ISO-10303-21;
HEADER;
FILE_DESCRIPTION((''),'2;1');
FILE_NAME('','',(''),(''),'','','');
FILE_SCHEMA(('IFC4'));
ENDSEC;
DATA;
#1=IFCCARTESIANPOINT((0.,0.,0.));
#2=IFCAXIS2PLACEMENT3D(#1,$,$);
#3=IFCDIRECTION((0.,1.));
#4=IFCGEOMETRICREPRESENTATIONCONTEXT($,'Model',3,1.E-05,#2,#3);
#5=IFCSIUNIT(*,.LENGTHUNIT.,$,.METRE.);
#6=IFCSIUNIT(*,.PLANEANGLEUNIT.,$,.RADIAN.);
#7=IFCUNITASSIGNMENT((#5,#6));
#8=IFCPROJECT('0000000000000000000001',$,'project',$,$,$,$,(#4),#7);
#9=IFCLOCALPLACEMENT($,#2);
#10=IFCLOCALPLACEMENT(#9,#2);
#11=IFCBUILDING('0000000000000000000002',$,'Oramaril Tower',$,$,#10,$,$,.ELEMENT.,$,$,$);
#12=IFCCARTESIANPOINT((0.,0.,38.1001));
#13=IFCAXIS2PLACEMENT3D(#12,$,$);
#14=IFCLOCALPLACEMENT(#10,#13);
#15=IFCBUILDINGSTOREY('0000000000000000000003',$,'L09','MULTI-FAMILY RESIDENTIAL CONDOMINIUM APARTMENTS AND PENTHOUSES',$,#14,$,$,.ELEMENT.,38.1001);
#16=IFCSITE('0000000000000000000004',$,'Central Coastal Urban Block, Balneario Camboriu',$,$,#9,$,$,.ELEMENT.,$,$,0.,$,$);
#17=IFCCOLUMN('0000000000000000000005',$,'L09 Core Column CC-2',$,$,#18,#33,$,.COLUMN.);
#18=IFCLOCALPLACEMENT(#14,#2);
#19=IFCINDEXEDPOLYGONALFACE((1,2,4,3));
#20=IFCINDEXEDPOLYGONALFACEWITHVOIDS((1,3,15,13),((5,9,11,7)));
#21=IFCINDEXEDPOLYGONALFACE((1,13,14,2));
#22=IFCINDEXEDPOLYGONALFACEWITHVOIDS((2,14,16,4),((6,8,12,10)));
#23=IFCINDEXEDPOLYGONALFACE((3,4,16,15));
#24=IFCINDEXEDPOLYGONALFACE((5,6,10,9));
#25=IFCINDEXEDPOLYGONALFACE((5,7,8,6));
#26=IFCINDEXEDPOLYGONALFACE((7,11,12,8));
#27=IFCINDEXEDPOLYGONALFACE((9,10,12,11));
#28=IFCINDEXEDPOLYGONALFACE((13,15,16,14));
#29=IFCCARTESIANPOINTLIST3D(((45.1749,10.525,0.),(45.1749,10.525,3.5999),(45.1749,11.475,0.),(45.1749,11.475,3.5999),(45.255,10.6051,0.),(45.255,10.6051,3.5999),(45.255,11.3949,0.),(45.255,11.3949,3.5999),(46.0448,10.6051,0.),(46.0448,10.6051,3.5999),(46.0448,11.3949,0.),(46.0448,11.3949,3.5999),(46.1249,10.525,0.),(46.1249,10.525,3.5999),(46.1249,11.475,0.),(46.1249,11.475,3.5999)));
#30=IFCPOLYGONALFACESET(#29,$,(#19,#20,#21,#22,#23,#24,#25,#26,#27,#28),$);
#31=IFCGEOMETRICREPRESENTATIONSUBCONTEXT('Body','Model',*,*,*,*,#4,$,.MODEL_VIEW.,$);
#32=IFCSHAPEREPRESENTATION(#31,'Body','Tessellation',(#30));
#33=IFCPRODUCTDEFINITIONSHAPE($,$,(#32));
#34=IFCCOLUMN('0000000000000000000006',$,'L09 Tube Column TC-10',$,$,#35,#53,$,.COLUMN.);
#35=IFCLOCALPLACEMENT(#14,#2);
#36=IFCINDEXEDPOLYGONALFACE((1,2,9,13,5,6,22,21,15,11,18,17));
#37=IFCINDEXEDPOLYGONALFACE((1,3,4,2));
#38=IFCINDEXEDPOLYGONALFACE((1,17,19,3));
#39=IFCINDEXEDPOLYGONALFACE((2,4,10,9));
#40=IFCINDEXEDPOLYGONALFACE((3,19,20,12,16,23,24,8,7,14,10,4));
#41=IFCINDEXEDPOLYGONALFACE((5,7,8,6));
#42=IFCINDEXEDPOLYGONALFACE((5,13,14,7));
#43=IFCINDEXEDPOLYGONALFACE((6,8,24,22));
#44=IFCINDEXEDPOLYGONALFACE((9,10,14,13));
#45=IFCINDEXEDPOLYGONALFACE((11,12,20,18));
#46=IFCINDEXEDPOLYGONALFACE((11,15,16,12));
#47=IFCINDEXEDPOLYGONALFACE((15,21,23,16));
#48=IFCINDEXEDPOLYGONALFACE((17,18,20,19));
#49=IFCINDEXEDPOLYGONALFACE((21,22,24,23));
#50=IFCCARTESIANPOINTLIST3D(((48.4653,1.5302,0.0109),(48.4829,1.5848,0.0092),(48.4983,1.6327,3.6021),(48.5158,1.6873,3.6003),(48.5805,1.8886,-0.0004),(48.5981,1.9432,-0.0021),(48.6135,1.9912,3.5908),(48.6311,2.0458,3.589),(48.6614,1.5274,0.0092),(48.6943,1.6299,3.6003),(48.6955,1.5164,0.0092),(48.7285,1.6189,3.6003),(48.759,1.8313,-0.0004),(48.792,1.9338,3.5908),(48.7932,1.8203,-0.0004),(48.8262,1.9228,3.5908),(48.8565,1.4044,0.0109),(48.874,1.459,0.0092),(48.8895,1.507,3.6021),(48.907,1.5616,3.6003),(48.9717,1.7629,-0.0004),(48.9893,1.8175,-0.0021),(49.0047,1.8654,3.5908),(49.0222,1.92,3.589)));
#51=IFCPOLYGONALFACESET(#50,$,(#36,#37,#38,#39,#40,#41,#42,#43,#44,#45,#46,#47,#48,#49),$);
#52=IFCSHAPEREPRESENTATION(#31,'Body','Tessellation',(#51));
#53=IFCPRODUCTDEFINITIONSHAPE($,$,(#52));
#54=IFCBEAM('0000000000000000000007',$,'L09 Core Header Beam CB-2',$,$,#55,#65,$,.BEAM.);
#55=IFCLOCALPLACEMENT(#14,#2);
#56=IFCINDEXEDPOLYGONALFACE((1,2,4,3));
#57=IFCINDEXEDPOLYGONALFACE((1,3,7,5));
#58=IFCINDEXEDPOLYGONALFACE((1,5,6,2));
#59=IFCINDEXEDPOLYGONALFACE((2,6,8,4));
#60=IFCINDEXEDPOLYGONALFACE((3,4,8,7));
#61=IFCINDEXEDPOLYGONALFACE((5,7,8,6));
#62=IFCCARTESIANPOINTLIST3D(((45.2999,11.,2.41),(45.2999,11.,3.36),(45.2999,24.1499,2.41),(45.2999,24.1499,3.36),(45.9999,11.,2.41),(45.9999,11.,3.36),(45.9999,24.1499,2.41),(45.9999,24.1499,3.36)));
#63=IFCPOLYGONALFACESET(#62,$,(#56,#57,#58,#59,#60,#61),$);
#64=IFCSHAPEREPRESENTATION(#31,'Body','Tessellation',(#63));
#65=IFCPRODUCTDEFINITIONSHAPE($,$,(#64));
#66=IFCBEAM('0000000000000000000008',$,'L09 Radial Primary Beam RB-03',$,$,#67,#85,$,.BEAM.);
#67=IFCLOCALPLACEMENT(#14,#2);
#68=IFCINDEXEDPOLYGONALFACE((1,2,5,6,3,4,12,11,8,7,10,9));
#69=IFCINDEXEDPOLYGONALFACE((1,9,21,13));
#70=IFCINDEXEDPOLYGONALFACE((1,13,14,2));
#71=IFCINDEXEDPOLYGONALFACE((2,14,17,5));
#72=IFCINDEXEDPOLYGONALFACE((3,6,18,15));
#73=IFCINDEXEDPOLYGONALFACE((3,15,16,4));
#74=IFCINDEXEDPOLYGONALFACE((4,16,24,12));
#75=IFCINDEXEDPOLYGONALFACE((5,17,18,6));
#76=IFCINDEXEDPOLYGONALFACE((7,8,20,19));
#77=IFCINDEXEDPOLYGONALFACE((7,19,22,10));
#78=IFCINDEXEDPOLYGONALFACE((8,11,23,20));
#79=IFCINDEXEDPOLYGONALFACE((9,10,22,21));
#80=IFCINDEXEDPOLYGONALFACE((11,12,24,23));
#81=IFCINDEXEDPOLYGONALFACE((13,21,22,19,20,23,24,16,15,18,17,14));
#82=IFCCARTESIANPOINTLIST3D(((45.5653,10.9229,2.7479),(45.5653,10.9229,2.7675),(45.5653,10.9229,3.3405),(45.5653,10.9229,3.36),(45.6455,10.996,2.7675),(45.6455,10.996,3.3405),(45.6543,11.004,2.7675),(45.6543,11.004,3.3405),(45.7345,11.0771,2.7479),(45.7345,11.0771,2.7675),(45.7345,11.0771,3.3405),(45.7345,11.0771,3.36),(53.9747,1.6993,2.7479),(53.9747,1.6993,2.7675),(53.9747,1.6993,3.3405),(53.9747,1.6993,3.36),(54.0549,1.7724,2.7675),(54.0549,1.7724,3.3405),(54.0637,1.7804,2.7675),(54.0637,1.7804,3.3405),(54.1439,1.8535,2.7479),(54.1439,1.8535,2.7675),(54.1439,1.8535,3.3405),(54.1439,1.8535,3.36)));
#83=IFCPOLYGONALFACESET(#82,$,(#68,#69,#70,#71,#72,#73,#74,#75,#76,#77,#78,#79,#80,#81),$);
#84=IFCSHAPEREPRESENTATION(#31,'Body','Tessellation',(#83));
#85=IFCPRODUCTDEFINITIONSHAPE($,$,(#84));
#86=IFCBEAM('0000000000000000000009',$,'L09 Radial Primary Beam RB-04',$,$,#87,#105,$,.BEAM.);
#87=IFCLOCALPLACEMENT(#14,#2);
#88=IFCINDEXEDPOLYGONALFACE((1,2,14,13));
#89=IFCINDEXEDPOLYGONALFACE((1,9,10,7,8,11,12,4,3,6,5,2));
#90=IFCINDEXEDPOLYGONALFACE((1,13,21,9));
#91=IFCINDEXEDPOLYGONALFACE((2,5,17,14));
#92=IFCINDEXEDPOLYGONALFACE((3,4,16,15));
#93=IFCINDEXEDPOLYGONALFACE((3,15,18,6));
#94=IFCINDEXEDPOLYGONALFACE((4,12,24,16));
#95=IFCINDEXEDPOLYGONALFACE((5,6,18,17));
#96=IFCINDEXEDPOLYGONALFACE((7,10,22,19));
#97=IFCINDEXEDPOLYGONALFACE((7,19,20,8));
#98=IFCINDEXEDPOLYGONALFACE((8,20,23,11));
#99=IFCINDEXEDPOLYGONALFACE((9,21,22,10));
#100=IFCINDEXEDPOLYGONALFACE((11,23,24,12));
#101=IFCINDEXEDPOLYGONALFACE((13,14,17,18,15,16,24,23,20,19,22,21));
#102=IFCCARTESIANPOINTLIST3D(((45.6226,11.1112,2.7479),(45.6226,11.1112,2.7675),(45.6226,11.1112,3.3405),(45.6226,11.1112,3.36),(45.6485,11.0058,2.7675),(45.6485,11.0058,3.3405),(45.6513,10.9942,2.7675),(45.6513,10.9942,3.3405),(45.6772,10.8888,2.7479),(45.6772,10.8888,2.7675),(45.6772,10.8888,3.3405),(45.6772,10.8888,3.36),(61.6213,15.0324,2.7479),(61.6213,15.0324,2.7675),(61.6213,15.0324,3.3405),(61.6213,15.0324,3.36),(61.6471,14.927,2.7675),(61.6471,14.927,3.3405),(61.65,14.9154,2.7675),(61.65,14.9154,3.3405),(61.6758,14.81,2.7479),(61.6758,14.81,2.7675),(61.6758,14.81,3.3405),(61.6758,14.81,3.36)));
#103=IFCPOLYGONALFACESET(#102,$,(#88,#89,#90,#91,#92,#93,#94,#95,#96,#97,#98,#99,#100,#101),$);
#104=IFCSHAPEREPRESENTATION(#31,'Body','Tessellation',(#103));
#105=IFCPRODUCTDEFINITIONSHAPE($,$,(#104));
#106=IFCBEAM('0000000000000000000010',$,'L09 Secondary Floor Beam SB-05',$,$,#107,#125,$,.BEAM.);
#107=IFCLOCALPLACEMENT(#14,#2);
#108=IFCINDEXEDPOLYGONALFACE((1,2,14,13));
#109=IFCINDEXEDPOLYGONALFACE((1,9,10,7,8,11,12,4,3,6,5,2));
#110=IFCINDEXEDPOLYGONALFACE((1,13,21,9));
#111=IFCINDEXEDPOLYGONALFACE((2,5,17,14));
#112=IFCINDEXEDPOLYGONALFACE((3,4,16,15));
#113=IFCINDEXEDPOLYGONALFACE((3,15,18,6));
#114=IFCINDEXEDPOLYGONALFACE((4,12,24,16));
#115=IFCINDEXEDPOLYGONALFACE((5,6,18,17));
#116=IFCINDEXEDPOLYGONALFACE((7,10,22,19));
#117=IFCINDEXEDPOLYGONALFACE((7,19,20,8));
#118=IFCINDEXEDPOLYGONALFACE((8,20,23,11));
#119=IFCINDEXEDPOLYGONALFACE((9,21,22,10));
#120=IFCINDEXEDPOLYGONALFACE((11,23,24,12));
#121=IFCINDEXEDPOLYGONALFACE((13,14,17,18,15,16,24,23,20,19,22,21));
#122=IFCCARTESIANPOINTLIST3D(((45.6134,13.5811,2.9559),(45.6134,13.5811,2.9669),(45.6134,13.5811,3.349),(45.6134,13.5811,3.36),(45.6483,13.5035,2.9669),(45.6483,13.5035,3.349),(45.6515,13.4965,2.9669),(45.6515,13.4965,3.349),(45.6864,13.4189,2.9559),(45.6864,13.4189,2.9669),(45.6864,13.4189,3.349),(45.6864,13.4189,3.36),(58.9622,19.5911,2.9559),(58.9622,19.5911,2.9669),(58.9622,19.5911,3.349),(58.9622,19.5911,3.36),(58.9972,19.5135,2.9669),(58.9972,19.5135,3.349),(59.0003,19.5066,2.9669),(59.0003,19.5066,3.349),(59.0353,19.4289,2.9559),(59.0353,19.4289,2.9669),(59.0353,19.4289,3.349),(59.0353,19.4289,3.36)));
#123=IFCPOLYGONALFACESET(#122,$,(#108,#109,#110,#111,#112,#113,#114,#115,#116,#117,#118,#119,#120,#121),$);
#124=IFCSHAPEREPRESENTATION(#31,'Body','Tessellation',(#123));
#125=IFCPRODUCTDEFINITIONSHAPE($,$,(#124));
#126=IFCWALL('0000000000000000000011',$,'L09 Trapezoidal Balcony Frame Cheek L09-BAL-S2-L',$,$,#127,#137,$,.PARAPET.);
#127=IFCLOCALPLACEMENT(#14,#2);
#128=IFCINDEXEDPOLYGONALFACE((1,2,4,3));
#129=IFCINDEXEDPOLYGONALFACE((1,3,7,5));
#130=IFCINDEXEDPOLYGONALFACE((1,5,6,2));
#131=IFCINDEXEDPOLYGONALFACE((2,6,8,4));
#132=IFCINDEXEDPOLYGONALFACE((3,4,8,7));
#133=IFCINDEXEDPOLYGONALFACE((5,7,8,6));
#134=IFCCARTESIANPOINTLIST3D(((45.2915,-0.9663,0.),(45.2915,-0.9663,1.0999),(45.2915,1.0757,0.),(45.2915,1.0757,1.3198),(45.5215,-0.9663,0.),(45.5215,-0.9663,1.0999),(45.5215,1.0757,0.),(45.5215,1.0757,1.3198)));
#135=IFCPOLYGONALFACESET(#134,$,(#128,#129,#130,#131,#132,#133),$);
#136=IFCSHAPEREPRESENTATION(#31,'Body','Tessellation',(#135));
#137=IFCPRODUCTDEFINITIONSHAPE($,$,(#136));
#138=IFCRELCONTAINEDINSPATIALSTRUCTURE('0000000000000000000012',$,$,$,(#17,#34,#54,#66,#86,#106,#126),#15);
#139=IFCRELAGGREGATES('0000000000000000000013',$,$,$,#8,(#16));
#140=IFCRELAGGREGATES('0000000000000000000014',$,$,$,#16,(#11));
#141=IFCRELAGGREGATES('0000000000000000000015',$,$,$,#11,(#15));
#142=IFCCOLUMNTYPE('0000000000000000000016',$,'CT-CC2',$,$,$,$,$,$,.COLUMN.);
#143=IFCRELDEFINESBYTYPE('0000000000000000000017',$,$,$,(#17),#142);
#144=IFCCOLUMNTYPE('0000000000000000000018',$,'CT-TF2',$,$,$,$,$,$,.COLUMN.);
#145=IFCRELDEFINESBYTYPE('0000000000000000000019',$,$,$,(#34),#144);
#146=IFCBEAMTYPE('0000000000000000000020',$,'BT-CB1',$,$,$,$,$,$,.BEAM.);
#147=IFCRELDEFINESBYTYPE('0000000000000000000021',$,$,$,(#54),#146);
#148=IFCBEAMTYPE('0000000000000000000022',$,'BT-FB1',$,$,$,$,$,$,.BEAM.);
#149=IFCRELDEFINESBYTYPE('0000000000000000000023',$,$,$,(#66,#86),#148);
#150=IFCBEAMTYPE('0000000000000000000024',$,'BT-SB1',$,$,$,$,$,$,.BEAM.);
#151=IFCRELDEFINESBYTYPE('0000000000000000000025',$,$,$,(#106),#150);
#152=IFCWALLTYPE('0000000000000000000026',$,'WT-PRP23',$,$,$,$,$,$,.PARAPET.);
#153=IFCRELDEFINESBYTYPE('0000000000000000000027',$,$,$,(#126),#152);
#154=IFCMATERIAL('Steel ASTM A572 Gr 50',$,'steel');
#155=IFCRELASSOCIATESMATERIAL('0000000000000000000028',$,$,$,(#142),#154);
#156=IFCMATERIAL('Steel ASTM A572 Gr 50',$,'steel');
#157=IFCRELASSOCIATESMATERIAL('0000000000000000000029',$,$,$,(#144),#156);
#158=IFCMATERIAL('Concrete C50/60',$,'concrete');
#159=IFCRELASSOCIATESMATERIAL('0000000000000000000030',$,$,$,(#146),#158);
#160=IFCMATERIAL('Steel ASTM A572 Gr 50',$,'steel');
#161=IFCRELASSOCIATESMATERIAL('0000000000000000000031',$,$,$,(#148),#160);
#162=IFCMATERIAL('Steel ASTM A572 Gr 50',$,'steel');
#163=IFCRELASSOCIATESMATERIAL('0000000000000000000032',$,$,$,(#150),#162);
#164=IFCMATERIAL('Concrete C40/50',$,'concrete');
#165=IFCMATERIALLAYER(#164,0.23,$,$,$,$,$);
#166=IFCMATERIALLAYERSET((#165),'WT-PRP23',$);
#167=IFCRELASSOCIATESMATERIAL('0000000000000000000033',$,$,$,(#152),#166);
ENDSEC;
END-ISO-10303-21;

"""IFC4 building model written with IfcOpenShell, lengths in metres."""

from ifc_helpers import new_model, si_unit, direction, frame, origin, origin_2d, place, context, subcontext, project, spatial, polyline, rectangle, hollow_rectangle, i_section, outline, extrude, material, layer, layer_set, material_profile, profile_set, type_object, element, save


model = new_model("IFC4")

# Units and contexts
model_context = context("Model", 3, precision=1e-05, world=origin(), true_north=direction((0.0, 1.0)))
body_context = subcontext(model_context, "Body", "Model", "MODEL_VIEW")
ifc_project = project(units=[si_unit("LENGTHUNIT", "METRE"), si_unit("PLANEANGLEUNIT", "RADIAN")], contexts=[model_context])

# Site, building, storey
site_placement = place(None, origin())
site = spatial("IfcSite", under=ifc_project, at=site_placement, Name="Central Coastal Urban Block, Balneario Camboriu", CompositionType="ELEMENT", RefElevation=0.0)
building_placement = place(site_placement, origin())
building = spatial("IfcBuilding", under=site, at=building_placement, Name="Oramaril Tower", CompositionType="ELEMENT")
storey_placement = place(building_placement, frame((0.0, 0.0, 38.1001)))
storey = spatial("IfcBuildingStorey", under=building, at=storey_placement, Name="L09", Description="MULTI-FAMILY RESIDENTIAL CONDOMINIUM APARTMENTS AND PENTHOUSES", CompositionType="ELEMENT", Elevation=38.1001)

# Columns
ifc_material_1 = material(Name="Steel ASTM A572 Gr 50", Category="steel")
ifc_material_profile_1 = material_profile(ifc_material_1, hollow_rectangle(XDim=0.95, YDim=0.95, WallThickness=0.0801, at=origin_2d()), Name="BOX950X950X80")
ifc_profile_set_1 = profile_set([ifc_material_profile_1], Name="Steel ASTM A572 Gr 50")
column_type_1 = type_object("IfcColumnType", Name="CT-CC2", PredefinedType="COLUMN", material=ifc_profile_set_1)
column_1_placement = place(storey_placement, frame((45.6499, 11.0, 0.0), z_axis=(0.0, 0.0, 1.0), x_axis=(1.0, 0.0, 0.0)))
element("IfcColumn", 1, at=column_1_placement, inside=storey, type_object=column_type_1, Name="L09 Core Column CC-2", PredefinedType="COLUMN", context=body_context, shape_type="SweptSolid", body=[
    extrude(hollow_rectangle(XDim=0.95, YDim=0.95, WallThickness=0.0801, at=origin_2d()), origin(), (0.0, 0.0, 1.0), 3.5999),
])
ifc_material_2 = material(Name="Steel ASTM A572 Gr 50", Category="steel")
ifc_material_profile_2 = material_profile(ifc_material_2, i_section(OverallWidth=0.4109, OverallDepth=0.4341, WebThickness=0.0359, FlangeThickness=0.0574, at=origin_2d()), Name="W14X311")
ifc_profile_set_2 = profile_set([ifc_material_profile_2], Name="Steel ASTM A572 Gr 50")
column_type_2 = type_object("IfcColumnType", Name="CT-TF2", PredefinedType="COLUMN", material=ifc_profile_set_2)
column_2_placement = place(storey_placement, frame((48.7273, 1.6738, 0.0044), z_axis=(0.009174, 0.028541, 0.999551), x_axis=(-0.952029, 0.306009, 0.0)))
element("IfcColumn", 2, at=column_2_placement, inside=storey, type_object=column_type_2, Name="L09 Tube Column TC-10", PredefinedType="COLUMN", context=body_context, shape_type="SweptSolid", body=[
    extrude(i_section(OverallWidth=0.4109, OverallDepth=0.4341, WebThickness=0.0359, FlangeThickness=0.0574, at=origin_2d()), origin(), (0.0, 0.0, 1.0), 3.5928),
])

# Beams
ifc_material_3 = material(Name="Concrete C50/60", Category="concrete")
ifc_material_profile_3 = material_profile(ifc_material_3, rectangle(XDim=0.7, YDim=0.95, at=origin_2d()), Name="CB700X950")
ifc_profile_set_3 = profile_set([ifc_material_profile_3], Name="Concrete C50/60")
beam_type_1 = type_object("IfcBeamType", Name="BT-CB1", PredefinedType="BEAM", material=ifc_profile_set_3)
beam_1_placement = place(storey_placement, frame((45.6499, 11.0, 2.885), z_axis=(0.0, 1.0, 0.0), x_axis=(-1.0, 0.0, 0.0)))
element("IfcBeam", 3, at=beam_1_placement, inside=storey, type_object=beam_type_1, Name="L09 Core Header Beam CB-2", PredefinedType="BEAM", context=body_context, shape_type="SweptSolid", body=[
    extrude(rectangle(XDim=0.7, YDim=0.95, at=origin_2d()), origin(), (0.0, 0.0, 1.0), 13.1499),
])
ifc_material_4 = material(Name="Steel ASTM A572 Gr 50", Category="steel")
ifc_material_profile_4 = material_profile(ifc_material_4, i_section(OverallWidth=0.229, OverallDepth=0.6121, WebThickness=0.012, FlangeThickness=0.0195, at=origin_2d()), Name="W24X84")
ifc_profile_set_4 = profile_set([ifc_material_profile_4], Name="Steel ASTM A572 Gr 50")
beam_type_2 = type_object("IfcBeamType", Name="BT-FB1", PredefinedType="BEAM", material=ifc_profile_set_4)
beam_2_placement = place(storey_placement, frame((45.6499, 11.0, 3.054), z_axis=(0.673738, -0.73897, 0.0), x_axis=(0.73897, 0.673738, 0.0)))
element("IfcBeam", 4, at=beam_2_placement, inside=storey, type_object=beam_type_2, Name="L09 Radial Primary Beam RB-03", PredefinedType="BEAM", context=body_context, shape_type="SweptSolid", body=[
    extrude(i_section(OverallWidth=0.229, OverallDepth=0.6121, WebThickness=0.012, FlangeThickness=0.0195, at=origin_2d()), origin(), (0.0, 0.0, 1.0), 12.4817),
])
beam_3_placement = place(storey_placement, frame((45.6499, 11.0, 3.054), z_axis=(0.971253, 0.238048, 0.0), x_axis=(-0.238048, 0.971253, 0.0)))
element("IfcBeam", 5, at=beam_3_placement, inside=storey, type_object=beam_type_2, Name="L09 Radial Primary Beam RB-04", PredefinedType="BEAM", context=body_context, shape_type="SweptSolid", body=[
    extrude(i_section(OverallWidth=0.229, OverallDepth=0.6121, WebThickness=0.012, FlangeThickness=0.0195, at=origin_2d()), origin(), (0.0, 0.0, 1.0), 16.4722),
])
ifc_material_5 = material(Name="Steel ASTM A572 Gr 50", Category="steel")
ifc_material_profile_5 = material_profile(ifc_material_5, i_section(OverallWidth=0.178, OverallDepth=0.4041, WebThickness=0.0076, FlangeThickness=0.011, at=origin_2d()), Name="W16X36")
ifc_profile_set_5 = profile_set([ifc_material_profile_5], Name="Steel ASTM A572 Gr 50")
beam_type_3 = type_object("IfcBeamType", Name="BT-SB1", PredefinedType="BEAM", material=ifc_profile_set_5)
beam_4_placement = place(storey_placement, frame((45.6499, 13.5, 3.158), z_axis=(0.911844, 0.410536, 0.0), x_axis=(-0.410536, 0.911844, 0.0)))
element("IfcBeam", 6, at=beam_4_placement, inside=storey, type_object=beam_type_3, Name="L09 Secondary Floor Beam SB-05", PredefinedType="BEAM", context=body_context, shape_type="SweptSolid", body=[
    extrude(i_section(OverallWidth=0.178, OverallDepth=0.4041, WebThickness=0.0076, FlangeThickness=0.011, at=origin_2d()), origin(), (0.0, 0.0, 1.0), 14.6394),
])

# Wall
ifc_material_6 = material(Name="Concrete C40/50", Category="concrete")
ifc_layer_1 = layer(ifc_material_6, 0.23)
ifc_layer_set_1 = layer_set([ifc_layer_1], Name="WT-PRP23")
wall_type_1 = type_object("IfcWallType", Name="WT-PRP23", PredefinedType="PARAPET", material=ifc_layer_set_1)
wall_1_placement = place(storey_placement, frame((45.4065, 1.0757, 0.0), z_axis=(0.0, 0.0, 1.0), x_axis=(0.0, -1.0, 0.0)))
element("IfcWall", 7, at=wall_1_placement, inside=storey, type_object=wall_type_1, Name="L09 Trapezoidal Balcony Frame Cheek L09-BAL-S2-L", PredefinedType="PARAPET", context=body_context, shape_type="SweptSolid", body=[
    extrude(outline(polyline([(0.0, 0.0), (2.042, 0.0), (2.042, 1.0999), (0.0, 1.3198), (0.0, 0.0)])), frame((0.0, 0.115, 0.0), z_axis=(0.0, -1.0, 0.0), x_axis=(1.0, 0.0, 0.0)), (0.0, 0.0, 1.0), 0.23),
])

save(model, "model.ifc")
